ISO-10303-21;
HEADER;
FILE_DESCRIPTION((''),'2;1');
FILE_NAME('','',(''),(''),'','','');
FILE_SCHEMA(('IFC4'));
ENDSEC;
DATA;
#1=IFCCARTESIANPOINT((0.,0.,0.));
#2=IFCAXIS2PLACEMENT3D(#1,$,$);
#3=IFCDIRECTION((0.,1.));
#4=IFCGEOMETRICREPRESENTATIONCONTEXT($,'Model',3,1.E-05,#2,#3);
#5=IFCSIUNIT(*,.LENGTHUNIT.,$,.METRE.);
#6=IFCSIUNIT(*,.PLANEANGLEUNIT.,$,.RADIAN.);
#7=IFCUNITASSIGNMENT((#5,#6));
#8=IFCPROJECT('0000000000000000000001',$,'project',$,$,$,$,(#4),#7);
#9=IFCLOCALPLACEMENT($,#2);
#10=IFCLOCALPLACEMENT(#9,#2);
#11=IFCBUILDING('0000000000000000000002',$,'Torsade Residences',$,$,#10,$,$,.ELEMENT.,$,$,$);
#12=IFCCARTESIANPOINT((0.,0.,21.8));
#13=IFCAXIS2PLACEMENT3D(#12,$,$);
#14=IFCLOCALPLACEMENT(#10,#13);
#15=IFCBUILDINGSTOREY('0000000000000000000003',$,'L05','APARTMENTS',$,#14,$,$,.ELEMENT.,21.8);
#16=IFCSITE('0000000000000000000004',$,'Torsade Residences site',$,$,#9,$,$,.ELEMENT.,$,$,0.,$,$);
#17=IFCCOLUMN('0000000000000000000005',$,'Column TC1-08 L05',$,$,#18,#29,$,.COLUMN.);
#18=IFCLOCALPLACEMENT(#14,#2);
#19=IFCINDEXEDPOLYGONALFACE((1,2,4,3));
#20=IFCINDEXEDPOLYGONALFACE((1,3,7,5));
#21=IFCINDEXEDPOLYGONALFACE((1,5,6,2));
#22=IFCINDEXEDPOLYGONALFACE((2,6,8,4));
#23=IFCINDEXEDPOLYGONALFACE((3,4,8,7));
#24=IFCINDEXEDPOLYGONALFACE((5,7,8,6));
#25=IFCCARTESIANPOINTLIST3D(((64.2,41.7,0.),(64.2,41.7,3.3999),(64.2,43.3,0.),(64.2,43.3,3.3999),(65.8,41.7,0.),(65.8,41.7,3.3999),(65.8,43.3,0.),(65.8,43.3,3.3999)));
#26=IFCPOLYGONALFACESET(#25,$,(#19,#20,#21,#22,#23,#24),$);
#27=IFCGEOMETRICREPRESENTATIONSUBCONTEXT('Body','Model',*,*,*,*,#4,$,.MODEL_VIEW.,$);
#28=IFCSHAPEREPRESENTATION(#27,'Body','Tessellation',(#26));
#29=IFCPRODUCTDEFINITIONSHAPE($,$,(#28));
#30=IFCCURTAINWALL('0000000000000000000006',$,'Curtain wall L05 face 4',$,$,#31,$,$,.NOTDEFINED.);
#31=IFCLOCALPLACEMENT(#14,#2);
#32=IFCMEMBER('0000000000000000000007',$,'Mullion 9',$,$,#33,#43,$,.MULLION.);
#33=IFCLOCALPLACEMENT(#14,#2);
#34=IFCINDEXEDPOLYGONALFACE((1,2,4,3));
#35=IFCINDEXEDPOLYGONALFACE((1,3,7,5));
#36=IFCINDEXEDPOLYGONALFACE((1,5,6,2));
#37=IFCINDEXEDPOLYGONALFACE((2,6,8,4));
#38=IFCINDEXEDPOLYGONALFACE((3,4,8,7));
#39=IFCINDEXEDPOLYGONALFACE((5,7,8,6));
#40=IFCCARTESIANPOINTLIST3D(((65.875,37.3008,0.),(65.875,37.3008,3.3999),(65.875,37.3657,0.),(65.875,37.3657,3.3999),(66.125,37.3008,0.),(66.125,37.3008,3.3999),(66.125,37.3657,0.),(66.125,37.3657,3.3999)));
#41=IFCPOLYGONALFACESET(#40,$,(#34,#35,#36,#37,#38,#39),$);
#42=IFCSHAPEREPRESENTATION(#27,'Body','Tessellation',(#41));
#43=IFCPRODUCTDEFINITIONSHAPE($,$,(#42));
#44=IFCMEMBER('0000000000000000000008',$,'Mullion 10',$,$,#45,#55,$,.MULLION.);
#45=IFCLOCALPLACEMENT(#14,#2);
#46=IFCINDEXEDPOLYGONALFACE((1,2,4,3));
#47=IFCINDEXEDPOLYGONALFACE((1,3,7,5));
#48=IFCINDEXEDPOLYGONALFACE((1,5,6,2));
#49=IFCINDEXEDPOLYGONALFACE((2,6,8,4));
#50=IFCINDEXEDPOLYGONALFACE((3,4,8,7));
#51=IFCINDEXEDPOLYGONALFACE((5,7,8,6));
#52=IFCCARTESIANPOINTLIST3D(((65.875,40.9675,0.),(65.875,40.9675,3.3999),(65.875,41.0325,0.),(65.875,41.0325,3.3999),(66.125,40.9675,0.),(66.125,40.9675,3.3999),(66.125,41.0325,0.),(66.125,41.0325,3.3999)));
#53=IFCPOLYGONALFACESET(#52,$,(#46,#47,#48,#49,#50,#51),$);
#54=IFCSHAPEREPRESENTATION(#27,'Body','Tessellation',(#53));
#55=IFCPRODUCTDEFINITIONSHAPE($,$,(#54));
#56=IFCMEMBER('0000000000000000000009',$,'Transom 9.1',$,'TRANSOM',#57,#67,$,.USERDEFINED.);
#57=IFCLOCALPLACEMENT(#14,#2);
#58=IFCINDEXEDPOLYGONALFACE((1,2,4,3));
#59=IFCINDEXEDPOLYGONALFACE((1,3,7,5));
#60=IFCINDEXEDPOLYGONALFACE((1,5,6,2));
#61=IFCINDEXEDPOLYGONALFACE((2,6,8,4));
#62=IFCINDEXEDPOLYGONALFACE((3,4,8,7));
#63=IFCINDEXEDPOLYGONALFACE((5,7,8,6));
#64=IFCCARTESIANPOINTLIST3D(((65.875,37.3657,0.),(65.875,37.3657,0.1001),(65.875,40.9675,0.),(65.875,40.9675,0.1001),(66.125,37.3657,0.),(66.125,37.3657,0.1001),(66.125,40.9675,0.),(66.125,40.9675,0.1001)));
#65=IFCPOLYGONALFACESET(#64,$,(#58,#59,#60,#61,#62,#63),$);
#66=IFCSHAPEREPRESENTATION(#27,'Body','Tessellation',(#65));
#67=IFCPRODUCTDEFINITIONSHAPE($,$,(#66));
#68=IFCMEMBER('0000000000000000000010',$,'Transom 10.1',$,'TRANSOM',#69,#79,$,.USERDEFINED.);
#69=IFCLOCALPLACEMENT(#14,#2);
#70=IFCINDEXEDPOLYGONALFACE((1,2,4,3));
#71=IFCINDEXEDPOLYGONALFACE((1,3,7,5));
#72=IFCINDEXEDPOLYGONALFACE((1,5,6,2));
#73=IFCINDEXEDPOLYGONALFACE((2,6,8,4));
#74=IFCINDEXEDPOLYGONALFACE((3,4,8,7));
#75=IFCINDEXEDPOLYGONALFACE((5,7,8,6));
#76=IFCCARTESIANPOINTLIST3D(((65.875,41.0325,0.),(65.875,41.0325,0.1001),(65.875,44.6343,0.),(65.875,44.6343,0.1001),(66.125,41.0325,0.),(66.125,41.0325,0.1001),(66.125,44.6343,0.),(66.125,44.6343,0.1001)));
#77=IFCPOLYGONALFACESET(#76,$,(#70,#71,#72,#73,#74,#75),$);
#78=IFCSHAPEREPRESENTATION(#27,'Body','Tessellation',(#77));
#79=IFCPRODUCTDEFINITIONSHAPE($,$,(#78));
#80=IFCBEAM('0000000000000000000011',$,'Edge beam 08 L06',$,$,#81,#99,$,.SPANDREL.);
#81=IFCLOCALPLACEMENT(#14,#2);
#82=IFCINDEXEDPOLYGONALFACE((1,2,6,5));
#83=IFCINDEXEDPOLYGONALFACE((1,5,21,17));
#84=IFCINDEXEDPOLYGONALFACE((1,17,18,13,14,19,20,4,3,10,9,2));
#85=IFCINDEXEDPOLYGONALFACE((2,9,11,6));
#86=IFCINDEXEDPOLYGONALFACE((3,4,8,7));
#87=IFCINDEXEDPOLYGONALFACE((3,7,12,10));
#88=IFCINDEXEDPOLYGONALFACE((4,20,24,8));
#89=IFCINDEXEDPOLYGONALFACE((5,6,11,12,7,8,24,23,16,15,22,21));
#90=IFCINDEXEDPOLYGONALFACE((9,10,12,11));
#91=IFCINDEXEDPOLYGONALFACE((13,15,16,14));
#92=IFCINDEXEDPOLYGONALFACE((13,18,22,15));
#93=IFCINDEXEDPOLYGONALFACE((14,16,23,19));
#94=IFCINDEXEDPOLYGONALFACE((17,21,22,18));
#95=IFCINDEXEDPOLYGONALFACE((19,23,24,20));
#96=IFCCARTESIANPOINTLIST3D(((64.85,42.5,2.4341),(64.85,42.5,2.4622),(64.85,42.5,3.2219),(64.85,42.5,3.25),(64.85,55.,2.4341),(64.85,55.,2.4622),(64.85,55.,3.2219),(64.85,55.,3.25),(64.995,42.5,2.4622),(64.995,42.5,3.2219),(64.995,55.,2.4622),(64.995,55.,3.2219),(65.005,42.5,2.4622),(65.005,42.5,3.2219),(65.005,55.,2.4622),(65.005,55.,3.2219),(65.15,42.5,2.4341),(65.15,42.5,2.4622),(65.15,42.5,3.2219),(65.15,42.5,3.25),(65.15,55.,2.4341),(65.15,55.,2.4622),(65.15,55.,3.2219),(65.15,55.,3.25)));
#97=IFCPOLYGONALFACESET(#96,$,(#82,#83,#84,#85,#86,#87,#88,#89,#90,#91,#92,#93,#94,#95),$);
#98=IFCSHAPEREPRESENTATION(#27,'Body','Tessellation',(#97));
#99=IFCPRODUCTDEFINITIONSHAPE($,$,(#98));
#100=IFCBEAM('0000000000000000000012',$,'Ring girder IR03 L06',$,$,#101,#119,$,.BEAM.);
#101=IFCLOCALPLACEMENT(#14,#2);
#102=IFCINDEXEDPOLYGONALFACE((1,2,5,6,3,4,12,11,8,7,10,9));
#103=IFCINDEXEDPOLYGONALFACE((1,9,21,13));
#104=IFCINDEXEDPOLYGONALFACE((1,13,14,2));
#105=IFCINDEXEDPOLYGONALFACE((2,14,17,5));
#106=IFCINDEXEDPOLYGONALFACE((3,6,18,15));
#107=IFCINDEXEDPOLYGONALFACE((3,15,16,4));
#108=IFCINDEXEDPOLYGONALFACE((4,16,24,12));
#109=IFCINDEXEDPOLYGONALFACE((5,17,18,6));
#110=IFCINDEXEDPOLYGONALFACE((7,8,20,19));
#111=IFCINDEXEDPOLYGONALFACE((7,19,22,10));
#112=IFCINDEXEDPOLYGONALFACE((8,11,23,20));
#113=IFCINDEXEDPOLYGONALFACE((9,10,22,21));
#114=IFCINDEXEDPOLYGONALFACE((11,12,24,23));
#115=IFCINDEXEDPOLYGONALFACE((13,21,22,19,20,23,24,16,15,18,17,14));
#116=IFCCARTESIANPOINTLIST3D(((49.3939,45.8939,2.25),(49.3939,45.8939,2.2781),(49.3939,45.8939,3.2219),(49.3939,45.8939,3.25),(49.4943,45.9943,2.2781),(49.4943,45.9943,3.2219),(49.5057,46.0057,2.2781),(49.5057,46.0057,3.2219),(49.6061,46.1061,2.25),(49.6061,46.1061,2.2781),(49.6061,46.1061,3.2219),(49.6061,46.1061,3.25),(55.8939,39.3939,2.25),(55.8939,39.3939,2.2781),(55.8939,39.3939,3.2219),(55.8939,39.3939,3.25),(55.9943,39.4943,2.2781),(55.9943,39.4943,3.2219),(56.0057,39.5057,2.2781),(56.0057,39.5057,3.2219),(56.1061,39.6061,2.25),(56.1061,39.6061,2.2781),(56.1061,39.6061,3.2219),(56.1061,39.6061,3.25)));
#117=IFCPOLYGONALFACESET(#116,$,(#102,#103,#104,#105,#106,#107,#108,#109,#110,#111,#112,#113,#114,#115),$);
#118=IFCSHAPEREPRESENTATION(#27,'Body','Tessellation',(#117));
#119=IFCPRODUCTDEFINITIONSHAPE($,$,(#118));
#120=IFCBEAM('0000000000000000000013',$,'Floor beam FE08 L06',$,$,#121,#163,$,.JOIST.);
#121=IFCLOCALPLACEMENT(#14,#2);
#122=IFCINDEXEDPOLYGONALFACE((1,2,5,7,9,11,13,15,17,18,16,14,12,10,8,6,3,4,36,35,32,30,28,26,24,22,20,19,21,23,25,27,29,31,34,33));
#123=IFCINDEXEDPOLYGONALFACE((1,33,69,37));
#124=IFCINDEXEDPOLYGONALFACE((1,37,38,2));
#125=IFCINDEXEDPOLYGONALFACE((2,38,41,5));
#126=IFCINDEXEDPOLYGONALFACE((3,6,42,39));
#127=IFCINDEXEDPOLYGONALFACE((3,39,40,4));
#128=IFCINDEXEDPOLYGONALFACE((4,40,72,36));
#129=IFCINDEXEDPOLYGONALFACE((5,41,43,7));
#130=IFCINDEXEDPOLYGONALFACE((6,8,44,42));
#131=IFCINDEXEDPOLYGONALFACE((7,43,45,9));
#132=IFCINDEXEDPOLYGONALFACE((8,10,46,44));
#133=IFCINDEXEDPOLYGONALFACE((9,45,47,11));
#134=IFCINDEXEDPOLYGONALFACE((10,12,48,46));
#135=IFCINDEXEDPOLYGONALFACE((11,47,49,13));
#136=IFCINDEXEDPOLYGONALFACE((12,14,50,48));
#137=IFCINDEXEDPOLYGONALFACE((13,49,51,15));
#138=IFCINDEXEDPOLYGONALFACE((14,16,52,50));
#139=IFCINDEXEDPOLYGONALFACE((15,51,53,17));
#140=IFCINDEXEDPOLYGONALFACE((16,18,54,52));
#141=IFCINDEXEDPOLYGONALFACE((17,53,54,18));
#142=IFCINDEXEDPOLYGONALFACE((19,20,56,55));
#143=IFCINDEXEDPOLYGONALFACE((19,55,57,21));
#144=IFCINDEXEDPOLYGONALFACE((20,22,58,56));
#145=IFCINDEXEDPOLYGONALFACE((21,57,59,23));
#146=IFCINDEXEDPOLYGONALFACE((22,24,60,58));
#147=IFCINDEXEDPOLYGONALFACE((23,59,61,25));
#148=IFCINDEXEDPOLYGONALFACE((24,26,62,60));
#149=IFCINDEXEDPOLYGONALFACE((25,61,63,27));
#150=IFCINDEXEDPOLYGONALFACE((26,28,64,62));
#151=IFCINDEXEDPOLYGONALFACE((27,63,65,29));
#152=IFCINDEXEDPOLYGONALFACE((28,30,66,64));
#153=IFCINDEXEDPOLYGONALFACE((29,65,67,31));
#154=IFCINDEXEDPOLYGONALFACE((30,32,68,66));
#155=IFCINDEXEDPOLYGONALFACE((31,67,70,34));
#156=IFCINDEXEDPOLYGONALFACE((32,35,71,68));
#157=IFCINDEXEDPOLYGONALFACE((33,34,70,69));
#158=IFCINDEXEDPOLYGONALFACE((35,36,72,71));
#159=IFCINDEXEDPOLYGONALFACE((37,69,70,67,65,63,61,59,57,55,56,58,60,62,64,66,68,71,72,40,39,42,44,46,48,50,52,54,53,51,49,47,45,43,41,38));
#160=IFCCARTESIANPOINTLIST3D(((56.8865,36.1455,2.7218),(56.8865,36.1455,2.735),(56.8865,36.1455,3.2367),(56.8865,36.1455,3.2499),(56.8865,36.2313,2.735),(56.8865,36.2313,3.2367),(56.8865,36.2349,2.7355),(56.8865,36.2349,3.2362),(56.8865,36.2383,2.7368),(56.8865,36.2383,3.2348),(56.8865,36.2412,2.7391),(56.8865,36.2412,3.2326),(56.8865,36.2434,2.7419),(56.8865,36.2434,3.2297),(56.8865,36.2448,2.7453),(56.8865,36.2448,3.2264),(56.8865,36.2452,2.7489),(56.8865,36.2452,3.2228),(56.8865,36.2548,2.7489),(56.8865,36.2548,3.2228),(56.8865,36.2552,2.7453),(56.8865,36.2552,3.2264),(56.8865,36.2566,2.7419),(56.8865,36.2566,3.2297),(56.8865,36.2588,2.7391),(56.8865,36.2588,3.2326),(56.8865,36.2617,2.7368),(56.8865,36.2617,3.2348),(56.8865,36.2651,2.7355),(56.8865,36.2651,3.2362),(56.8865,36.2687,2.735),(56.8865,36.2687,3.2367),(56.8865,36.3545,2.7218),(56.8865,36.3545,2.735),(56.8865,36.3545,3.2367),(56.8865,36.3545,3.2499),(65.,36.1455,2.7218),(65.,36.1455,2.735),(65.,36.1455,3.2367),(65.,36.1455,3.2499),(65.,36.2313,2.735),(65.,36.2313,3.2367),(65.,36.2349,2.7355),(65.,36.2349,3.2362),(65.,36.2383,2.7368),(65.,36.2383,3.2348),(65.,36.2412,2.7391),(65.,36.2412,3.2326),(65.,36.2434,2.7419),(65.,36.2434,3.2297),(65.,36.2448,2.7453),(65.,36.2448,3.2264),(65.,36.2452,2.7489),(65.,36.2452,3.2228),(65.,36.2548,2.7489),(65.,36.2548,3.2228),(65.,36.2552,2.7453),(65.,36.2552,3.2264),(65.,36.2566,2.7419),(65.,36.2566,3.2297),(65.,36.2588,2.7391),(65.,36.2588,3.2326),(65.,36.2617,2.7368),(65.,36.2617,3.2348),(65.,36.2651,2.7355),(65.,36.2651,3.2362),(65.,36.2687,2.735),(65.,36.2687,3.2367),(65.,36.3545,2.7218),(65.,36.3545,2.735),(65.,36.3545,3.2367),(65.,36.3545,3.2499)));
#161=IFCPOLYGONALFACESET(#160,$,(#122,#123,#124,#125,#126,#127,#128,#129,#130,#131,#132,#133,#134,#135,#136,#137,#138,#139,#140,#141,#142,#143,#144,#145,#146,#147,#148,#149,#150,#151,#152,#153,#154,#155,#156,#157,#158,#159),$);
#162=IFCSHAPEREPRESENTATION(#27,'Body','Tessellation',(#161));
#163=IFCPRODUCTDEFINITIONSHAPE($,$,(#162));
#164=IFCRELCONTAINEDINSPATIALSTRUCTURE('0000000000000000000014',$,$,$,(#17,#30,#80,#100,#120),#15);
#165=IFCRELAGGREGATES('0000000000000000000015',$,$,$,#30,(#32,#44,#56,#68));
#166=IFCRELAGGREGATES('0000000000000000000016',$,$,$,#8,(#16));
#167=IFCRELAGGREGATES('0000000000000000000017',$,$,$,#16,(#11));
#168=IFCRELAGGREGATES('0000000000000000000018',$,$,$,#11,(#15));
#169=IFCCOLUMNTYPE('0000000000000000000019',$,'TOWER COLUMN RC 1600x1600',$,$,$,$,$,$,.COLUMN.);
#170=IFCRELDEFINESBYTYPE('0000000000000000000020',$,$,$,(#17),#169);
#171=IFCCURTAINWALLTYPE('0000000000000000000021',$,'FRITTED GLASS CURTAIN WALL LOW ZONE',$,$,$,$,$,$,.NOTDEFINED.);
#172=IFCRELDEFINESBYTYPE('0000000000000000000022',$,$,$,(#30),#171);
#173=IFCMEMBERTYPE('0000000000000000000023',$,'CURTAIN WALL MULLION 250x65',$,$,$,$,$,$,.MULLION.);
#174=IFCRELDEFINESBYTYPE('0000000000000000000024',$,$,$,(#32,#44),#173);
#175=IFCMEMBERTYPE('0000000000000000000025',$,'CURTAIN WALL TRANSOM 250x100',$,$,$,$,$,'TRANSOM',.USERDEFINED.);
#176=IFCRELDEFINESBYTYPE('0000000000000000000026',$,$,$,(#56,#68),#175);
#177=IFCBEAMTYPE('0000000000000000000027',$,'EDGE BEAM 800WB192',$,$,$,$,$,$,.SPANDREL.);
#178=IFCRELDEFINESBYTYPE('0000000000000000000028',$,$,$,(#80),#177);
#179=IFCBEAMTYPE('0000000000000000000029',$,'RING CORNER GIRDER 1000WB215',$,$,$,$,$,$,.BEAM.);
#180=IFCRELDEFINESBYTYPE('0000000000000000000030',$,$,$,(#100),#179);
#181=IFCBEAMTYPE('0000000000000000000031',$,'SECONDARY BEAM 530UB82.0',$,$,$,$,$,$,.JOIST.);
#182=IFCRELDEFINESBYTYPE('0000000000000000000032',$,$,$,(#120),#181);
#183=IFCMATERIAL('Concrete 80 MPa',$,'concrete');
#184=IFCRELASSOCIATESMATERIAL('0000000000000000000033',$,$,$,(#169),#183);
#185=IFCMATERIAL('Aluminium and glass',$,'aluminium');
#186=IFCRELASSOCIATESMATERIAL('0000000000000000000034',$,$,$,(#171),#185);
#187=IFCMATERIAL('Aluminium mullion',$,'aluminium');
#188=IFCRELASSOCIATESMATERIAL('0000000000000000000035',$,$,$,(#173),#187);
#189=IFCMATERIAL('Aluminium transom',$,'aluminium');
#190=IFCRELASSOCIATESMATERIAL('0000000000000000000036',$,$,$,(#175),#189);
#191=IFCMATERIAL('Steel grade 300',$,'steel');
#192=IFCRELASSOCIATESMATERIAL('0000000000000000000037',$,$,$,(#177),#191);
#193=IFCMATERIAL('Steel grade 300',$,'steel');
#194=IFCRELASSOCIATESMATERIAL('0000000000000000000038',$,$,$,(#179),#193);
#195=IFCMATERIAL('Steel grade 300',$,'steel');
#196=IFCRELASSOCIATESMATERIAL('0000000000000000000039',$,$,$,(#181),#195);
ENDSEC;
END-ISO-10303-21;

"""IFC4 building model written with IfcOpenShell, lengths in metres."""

from ifc_helpers import new_model, si_unit, direction, frame, origin, origin_2d, place, context, subcontext, project, spatial, rectangle, i_section, extrude, material, material_profile, profile_set, type_object, element, aggregate, save


model = new_model("IFC4")

# Units and contexts
model_context = context("Model", 3, precision=1e-05, world=origin(), true_north=direction((0.0, 1.0)))
body_context = subcontext(model_context, "Body", "Model", "MODEL_VIEW")
ifc_project = project(units=[si_unit("LENGTHUNIT", "METRE"), si_unit("PLANEANGLEUNIT", "RADIAN")], contexts=[model_context])

# Site, building, storey
site_placement = place(None, origin())
site = spatial("IfcSite", under=ifc_project, at=site_placement, Name="Torsade Residences site", CompositionType="ELEMENT", RefElevation=0.0)
building_placement = place(site_placement, origin())
building = spatial("IfcBuilding", under=site, at=building_placement, Name="Torsade Residences", CompositionType="ELEMENT")
storey_placement = place(building_placement, frame((0.0, 0.0, 21.8)))
storey = spatial("IfcBuildingStorey", under=building, at=storey_placement, Name="L05", Description="APARTMENTS", CompositionType="ELEMENT", Elevation=21.8)

# Column
ifc_material_1 = material(Name="Concrete 80 MPa", Category="concrete")
ifc_material_profile_1 = material_profile(ifc_material_1, rectangle(XDim=1.6001, YDim=1.6001, at=origin_2d()), Name="RC 1600x1600")
ifc_profile_set_1 = profile_set([ifc_material_profile_1], Name="Concrete 80 MPa")
column_type = type_object("IfcColumnType", Name="TOWER COLUMN RC 1600x1600", PredefinedType="COLUMN", material=ifc_profile_set_1)
column_placement = place(storey_placement, frame((65.0, 42.5, 0.0), z_axis=(0.0, 0.0, 1.0), x_axis=(1.0, 0.0, 0.0)))
element("IfcColumn", 1, at=column_placement, inside=storey, type_object=column_type, Name="Column TC1-08 L05", PredefinedType="COLUMN", context=body_context, shape_type="SweptSolid", body=[
    extrude(rectangle(XDim=1.6001, YDim=1.6001, at=origin_2d()), origin(), (0.0, 0.0, 1.0), 3.3999),
])

# Curtain wall, members
ifc_material_2 = material(Name="Aluminium and glass", Category="aluminium")
curtain_wall_type = type_object("IfcCurtainWallType", Name="FRITTED GLASS CURTAIN WALL LOW ZONE", PredefinedType="NOTDEFINED", material=ifc_material_2)
curtain_wall_placement = place(storey_placement, origin())
curtain_wall = element("IfcCurtainWall", 2, at=curtain_wall_placement, inside=storey, type_object=curtain_wall_type, Name="Curtain wall L05 face 4", PredefinedType="NOTDEFINED")
ifc_material_3 = material(Name="Aluminium mullion", Category="aluminium")
ifc_material_profile_2 = material_profile(ifc_material_3, rectangle(XDim=0.25, YDim=0.0649, at=origin_2d()), Name="CURTAIN WALL MULLION 250x65")
ifc_profile_set_2 = profile_set([ifc_material_profile_2], Name="Aluminium mullion")
member_type_1 = type_object("IfcMemberType", Name="CURTAIN WALL MULLION 250x65", PredefinedType="MULLION", material=ifc_profile_set_2)
member_1_placement = place(storey_placement, frame((66.0, 37.3333, 0.0), z_axis=(0.0, 0.0, 1.0), x_axis=(-1.0, 0.0, 0.0)))
member_1 = element("IfcMember", 3, at=member_1_placement, type_object=member_type_1, Name="Mullion 9", PredefinedType="MULLION", context=body_context, shape_type="SweptSolid", body=[
    extrude(rectangle(XDim=0.25, YDim=0.0649, at=origin_2d()), origin(), (0.0, 0.0, 1.0), 3.3999),
])
member_2_placement = place(storey_placement, frame((66.0, 41.0, 0.0), z_axis=(0.0, 0.0, 1.0), x_axis=(-1.0, 0.0, 0.0)))
member_2 = element("IfcMember", 4, at=member_2_placement, type_object=member_type_1, Name="Mullion 10", PredefinedType="MULLION", context=body_context, shape_type="SweptSolid", body=[
    extrude(rectangle(XDim=0.25, YDim=0.0649, at=origin_2d()), origin(), (0.0, 0.0, 1.0), 3.3999),
])
ifc_material_4 = material(Name="Aluminium transom", Category="aluminium")
ifc_material_profile_3 = material_profile(ifc_material_4, rectangle(XDim=0.25, YDim=0.1001, at=origin_2d()), Name="CURTAIN WALL TRANSOM 250x100")
ifc_profile_set_3 = profile_set([ifc_material_profile_3], Name="Aluminium transom")
member_type_2 = type_object("IfcMemberType", Name="CURTAIN WALL TRANSOM 250x100", ElementType="TRANSOM", PredefinedType="USERDEFINED", material=ifc_profile_set_3)
member_3_placement = place(storey_placement, frame((66.0, 37.3657, 0.05), z_axis=(0.0, 1.0, 0.0), x_axis=(-1.0, 0.0, 0.0)))
member_3 = element("IfcMember", 5, at=member_3_placement, type_object=member_type_2, Name="Transom 9.1", ObjectType="TRANSOM", PredefinedType="USERDEFINED", context=body_context, shape_type="SweptSolid", body=[
    extrude(rectangle(XDim=0.25, YDim=0.1001, at=origin_2d()), origin(), (0.0, 0.0, 1.0), 3.6018),
])
member_4_placement = place(storey_placement, frame((66.0, 41.0325, 0.05), z_axis=(0.0, 1.0, 0.0), x_axis=(-1.0, 0.0, 0.0)))
member_4 = element("IfcMember", 6, at=member_4_placement, type_object=member_type_2, Name="Transom 10.1", ObjectType="TRANSOM", PredefinedType="USERDEFINED", context=body_context, shape_type="SweptSolid", body=[
    extrude(rectangle(XDim=0.25, YDim=0.1001, at=origin_2d()), origin(), (0.0, 0.0, 1.0), 3.6018),
])

# Beams
ifc_material_5 = material(Name="Steel grade 300", Category="steel")
ifc_material_profile_4 = material_profile(ifc_material_5, i_section(OverallWidth=0.3, OverallDepth=0.8159, WebThickness=0.01, FlangeThickness=0.0281, at=origin_2d()), Name="800WB192")
ifc_profile_set_4 = profile_set([ifc_material_profile_4], Name="Steel grade 300")
beam_type_1 = type_object("IfcBeamType", Name="EDGE BEAM 800WB192", PredefinedType="SPANDREL", material=ifc_profile_set_4)
beam_1_placement = place(storey_placement, frame((65.0, 42.5, 2.842), z_axis=(0.0, 1.0, 0.0), x_axis=(-1.0, 0.0, 0.0)))
element("IfcBeam", 7, at=beam_1_placement, inside=storey, type_object=beam_type_1, Name="Edge beam 08 L06", PredefinedType="SPANDREL", context=body_context, shape_type="SweptSolid", body=[
    extrude(i_section(OverallWidth=0.3, OverallDepth=0.8159, WebThickness=0.01, FlangeThickness=0.0281, at=origin_2d()), origin(), (0.0, 0.0, 1.0), 12.5),
])
ifc_material_6 = material(Name="Steel grade 300", Category="steel")
ifc_material_profile_5 = material_profile(ifc_material_6, i_section(OverallWidth=0.3, OverallDepth=1.0, WebThickness=0.0161, FlangeThickness=0.0281, at=origin_2d()), Name="1000WB215")
ifc_profile_set_5 = profile_set([ifc_material_profile_5], Name="Steel grade 300")
beam_type_2 = type_object("IfcBeamType", Name="RING CORNER GIRDER 1000WB215", PredefinedType="BEAM", material=ifc_profile_set_5)
beam_2_placement = place(storey_placement, frame((56.0, 39.5, 2.75), z_axis=(-0.707107, 0.707107, 0.0), x_axis=(-0.707107, -0.707107, 0.0)))
element("IfcBeam", 8, at=beam_2_placement, inside=storey, type_object=beam_type_2, Name="Ring girder IR03 L06", PredefinedType="BEAM", context=body_context, shape_type="SweptSolid", body=[
    extrude(i_section(OverallWidth=0.3, OverallDepth=1.0, WebThickness=0.0161, FlangeThickness=0.0281, at=origin_2d()), origin(), (0.0, 0.0, 1.0), 9.1924),
])
ifc_material_7 = material(Name="Steel grade 300", Category="steel")
ifc_material_profile_6 = material_profile(ifc_material_7, i_section(OverallWidth=0.209, OverallDepth=0.5281, WebThickness=0.0095, FlangeThickness=0.0132, FilletRadius=0.0139, at=origin_2d()), Name="530UB82.0")
ifc_profile_set_6 = profile_set([ifc_material_profile_6], Name="Steel grade 300")
beam_type_3 = type_object("IfcBeamType", Name="SECONDARY BEAM 530UB82.0", PredefinedType="JOIST", material=ifc_profile_set_6)
beam_3_placement = place(storey_placement, frame((65.0, 36.25, 2.9858), z_axis=(-1.0, 0.0, 0.0), x_axis=(0.0, -1.0, 0.0)))
element("IfcBeam", 9, at=beam_3_placement, inside=storey, type_object=beam_type_3, Name="Floor beam FE08 L06", PredefinedType="JOIST", context=body_context, shape_type="SweptSolid", body=[
    extrude(i_section(OverallWidth=0.209, OverallDepth=0.5281, WebThickness=0.0095, FlangeThickness=0.0132, FilletRadius=0.0139, at=origin_2d()), origin(), (0.0, 0.0, 1.0), 8.1135),
])

aggregate(curtain_wall, [member_1, member_2, member_3, member_4])

save(model, "model.ifc")
